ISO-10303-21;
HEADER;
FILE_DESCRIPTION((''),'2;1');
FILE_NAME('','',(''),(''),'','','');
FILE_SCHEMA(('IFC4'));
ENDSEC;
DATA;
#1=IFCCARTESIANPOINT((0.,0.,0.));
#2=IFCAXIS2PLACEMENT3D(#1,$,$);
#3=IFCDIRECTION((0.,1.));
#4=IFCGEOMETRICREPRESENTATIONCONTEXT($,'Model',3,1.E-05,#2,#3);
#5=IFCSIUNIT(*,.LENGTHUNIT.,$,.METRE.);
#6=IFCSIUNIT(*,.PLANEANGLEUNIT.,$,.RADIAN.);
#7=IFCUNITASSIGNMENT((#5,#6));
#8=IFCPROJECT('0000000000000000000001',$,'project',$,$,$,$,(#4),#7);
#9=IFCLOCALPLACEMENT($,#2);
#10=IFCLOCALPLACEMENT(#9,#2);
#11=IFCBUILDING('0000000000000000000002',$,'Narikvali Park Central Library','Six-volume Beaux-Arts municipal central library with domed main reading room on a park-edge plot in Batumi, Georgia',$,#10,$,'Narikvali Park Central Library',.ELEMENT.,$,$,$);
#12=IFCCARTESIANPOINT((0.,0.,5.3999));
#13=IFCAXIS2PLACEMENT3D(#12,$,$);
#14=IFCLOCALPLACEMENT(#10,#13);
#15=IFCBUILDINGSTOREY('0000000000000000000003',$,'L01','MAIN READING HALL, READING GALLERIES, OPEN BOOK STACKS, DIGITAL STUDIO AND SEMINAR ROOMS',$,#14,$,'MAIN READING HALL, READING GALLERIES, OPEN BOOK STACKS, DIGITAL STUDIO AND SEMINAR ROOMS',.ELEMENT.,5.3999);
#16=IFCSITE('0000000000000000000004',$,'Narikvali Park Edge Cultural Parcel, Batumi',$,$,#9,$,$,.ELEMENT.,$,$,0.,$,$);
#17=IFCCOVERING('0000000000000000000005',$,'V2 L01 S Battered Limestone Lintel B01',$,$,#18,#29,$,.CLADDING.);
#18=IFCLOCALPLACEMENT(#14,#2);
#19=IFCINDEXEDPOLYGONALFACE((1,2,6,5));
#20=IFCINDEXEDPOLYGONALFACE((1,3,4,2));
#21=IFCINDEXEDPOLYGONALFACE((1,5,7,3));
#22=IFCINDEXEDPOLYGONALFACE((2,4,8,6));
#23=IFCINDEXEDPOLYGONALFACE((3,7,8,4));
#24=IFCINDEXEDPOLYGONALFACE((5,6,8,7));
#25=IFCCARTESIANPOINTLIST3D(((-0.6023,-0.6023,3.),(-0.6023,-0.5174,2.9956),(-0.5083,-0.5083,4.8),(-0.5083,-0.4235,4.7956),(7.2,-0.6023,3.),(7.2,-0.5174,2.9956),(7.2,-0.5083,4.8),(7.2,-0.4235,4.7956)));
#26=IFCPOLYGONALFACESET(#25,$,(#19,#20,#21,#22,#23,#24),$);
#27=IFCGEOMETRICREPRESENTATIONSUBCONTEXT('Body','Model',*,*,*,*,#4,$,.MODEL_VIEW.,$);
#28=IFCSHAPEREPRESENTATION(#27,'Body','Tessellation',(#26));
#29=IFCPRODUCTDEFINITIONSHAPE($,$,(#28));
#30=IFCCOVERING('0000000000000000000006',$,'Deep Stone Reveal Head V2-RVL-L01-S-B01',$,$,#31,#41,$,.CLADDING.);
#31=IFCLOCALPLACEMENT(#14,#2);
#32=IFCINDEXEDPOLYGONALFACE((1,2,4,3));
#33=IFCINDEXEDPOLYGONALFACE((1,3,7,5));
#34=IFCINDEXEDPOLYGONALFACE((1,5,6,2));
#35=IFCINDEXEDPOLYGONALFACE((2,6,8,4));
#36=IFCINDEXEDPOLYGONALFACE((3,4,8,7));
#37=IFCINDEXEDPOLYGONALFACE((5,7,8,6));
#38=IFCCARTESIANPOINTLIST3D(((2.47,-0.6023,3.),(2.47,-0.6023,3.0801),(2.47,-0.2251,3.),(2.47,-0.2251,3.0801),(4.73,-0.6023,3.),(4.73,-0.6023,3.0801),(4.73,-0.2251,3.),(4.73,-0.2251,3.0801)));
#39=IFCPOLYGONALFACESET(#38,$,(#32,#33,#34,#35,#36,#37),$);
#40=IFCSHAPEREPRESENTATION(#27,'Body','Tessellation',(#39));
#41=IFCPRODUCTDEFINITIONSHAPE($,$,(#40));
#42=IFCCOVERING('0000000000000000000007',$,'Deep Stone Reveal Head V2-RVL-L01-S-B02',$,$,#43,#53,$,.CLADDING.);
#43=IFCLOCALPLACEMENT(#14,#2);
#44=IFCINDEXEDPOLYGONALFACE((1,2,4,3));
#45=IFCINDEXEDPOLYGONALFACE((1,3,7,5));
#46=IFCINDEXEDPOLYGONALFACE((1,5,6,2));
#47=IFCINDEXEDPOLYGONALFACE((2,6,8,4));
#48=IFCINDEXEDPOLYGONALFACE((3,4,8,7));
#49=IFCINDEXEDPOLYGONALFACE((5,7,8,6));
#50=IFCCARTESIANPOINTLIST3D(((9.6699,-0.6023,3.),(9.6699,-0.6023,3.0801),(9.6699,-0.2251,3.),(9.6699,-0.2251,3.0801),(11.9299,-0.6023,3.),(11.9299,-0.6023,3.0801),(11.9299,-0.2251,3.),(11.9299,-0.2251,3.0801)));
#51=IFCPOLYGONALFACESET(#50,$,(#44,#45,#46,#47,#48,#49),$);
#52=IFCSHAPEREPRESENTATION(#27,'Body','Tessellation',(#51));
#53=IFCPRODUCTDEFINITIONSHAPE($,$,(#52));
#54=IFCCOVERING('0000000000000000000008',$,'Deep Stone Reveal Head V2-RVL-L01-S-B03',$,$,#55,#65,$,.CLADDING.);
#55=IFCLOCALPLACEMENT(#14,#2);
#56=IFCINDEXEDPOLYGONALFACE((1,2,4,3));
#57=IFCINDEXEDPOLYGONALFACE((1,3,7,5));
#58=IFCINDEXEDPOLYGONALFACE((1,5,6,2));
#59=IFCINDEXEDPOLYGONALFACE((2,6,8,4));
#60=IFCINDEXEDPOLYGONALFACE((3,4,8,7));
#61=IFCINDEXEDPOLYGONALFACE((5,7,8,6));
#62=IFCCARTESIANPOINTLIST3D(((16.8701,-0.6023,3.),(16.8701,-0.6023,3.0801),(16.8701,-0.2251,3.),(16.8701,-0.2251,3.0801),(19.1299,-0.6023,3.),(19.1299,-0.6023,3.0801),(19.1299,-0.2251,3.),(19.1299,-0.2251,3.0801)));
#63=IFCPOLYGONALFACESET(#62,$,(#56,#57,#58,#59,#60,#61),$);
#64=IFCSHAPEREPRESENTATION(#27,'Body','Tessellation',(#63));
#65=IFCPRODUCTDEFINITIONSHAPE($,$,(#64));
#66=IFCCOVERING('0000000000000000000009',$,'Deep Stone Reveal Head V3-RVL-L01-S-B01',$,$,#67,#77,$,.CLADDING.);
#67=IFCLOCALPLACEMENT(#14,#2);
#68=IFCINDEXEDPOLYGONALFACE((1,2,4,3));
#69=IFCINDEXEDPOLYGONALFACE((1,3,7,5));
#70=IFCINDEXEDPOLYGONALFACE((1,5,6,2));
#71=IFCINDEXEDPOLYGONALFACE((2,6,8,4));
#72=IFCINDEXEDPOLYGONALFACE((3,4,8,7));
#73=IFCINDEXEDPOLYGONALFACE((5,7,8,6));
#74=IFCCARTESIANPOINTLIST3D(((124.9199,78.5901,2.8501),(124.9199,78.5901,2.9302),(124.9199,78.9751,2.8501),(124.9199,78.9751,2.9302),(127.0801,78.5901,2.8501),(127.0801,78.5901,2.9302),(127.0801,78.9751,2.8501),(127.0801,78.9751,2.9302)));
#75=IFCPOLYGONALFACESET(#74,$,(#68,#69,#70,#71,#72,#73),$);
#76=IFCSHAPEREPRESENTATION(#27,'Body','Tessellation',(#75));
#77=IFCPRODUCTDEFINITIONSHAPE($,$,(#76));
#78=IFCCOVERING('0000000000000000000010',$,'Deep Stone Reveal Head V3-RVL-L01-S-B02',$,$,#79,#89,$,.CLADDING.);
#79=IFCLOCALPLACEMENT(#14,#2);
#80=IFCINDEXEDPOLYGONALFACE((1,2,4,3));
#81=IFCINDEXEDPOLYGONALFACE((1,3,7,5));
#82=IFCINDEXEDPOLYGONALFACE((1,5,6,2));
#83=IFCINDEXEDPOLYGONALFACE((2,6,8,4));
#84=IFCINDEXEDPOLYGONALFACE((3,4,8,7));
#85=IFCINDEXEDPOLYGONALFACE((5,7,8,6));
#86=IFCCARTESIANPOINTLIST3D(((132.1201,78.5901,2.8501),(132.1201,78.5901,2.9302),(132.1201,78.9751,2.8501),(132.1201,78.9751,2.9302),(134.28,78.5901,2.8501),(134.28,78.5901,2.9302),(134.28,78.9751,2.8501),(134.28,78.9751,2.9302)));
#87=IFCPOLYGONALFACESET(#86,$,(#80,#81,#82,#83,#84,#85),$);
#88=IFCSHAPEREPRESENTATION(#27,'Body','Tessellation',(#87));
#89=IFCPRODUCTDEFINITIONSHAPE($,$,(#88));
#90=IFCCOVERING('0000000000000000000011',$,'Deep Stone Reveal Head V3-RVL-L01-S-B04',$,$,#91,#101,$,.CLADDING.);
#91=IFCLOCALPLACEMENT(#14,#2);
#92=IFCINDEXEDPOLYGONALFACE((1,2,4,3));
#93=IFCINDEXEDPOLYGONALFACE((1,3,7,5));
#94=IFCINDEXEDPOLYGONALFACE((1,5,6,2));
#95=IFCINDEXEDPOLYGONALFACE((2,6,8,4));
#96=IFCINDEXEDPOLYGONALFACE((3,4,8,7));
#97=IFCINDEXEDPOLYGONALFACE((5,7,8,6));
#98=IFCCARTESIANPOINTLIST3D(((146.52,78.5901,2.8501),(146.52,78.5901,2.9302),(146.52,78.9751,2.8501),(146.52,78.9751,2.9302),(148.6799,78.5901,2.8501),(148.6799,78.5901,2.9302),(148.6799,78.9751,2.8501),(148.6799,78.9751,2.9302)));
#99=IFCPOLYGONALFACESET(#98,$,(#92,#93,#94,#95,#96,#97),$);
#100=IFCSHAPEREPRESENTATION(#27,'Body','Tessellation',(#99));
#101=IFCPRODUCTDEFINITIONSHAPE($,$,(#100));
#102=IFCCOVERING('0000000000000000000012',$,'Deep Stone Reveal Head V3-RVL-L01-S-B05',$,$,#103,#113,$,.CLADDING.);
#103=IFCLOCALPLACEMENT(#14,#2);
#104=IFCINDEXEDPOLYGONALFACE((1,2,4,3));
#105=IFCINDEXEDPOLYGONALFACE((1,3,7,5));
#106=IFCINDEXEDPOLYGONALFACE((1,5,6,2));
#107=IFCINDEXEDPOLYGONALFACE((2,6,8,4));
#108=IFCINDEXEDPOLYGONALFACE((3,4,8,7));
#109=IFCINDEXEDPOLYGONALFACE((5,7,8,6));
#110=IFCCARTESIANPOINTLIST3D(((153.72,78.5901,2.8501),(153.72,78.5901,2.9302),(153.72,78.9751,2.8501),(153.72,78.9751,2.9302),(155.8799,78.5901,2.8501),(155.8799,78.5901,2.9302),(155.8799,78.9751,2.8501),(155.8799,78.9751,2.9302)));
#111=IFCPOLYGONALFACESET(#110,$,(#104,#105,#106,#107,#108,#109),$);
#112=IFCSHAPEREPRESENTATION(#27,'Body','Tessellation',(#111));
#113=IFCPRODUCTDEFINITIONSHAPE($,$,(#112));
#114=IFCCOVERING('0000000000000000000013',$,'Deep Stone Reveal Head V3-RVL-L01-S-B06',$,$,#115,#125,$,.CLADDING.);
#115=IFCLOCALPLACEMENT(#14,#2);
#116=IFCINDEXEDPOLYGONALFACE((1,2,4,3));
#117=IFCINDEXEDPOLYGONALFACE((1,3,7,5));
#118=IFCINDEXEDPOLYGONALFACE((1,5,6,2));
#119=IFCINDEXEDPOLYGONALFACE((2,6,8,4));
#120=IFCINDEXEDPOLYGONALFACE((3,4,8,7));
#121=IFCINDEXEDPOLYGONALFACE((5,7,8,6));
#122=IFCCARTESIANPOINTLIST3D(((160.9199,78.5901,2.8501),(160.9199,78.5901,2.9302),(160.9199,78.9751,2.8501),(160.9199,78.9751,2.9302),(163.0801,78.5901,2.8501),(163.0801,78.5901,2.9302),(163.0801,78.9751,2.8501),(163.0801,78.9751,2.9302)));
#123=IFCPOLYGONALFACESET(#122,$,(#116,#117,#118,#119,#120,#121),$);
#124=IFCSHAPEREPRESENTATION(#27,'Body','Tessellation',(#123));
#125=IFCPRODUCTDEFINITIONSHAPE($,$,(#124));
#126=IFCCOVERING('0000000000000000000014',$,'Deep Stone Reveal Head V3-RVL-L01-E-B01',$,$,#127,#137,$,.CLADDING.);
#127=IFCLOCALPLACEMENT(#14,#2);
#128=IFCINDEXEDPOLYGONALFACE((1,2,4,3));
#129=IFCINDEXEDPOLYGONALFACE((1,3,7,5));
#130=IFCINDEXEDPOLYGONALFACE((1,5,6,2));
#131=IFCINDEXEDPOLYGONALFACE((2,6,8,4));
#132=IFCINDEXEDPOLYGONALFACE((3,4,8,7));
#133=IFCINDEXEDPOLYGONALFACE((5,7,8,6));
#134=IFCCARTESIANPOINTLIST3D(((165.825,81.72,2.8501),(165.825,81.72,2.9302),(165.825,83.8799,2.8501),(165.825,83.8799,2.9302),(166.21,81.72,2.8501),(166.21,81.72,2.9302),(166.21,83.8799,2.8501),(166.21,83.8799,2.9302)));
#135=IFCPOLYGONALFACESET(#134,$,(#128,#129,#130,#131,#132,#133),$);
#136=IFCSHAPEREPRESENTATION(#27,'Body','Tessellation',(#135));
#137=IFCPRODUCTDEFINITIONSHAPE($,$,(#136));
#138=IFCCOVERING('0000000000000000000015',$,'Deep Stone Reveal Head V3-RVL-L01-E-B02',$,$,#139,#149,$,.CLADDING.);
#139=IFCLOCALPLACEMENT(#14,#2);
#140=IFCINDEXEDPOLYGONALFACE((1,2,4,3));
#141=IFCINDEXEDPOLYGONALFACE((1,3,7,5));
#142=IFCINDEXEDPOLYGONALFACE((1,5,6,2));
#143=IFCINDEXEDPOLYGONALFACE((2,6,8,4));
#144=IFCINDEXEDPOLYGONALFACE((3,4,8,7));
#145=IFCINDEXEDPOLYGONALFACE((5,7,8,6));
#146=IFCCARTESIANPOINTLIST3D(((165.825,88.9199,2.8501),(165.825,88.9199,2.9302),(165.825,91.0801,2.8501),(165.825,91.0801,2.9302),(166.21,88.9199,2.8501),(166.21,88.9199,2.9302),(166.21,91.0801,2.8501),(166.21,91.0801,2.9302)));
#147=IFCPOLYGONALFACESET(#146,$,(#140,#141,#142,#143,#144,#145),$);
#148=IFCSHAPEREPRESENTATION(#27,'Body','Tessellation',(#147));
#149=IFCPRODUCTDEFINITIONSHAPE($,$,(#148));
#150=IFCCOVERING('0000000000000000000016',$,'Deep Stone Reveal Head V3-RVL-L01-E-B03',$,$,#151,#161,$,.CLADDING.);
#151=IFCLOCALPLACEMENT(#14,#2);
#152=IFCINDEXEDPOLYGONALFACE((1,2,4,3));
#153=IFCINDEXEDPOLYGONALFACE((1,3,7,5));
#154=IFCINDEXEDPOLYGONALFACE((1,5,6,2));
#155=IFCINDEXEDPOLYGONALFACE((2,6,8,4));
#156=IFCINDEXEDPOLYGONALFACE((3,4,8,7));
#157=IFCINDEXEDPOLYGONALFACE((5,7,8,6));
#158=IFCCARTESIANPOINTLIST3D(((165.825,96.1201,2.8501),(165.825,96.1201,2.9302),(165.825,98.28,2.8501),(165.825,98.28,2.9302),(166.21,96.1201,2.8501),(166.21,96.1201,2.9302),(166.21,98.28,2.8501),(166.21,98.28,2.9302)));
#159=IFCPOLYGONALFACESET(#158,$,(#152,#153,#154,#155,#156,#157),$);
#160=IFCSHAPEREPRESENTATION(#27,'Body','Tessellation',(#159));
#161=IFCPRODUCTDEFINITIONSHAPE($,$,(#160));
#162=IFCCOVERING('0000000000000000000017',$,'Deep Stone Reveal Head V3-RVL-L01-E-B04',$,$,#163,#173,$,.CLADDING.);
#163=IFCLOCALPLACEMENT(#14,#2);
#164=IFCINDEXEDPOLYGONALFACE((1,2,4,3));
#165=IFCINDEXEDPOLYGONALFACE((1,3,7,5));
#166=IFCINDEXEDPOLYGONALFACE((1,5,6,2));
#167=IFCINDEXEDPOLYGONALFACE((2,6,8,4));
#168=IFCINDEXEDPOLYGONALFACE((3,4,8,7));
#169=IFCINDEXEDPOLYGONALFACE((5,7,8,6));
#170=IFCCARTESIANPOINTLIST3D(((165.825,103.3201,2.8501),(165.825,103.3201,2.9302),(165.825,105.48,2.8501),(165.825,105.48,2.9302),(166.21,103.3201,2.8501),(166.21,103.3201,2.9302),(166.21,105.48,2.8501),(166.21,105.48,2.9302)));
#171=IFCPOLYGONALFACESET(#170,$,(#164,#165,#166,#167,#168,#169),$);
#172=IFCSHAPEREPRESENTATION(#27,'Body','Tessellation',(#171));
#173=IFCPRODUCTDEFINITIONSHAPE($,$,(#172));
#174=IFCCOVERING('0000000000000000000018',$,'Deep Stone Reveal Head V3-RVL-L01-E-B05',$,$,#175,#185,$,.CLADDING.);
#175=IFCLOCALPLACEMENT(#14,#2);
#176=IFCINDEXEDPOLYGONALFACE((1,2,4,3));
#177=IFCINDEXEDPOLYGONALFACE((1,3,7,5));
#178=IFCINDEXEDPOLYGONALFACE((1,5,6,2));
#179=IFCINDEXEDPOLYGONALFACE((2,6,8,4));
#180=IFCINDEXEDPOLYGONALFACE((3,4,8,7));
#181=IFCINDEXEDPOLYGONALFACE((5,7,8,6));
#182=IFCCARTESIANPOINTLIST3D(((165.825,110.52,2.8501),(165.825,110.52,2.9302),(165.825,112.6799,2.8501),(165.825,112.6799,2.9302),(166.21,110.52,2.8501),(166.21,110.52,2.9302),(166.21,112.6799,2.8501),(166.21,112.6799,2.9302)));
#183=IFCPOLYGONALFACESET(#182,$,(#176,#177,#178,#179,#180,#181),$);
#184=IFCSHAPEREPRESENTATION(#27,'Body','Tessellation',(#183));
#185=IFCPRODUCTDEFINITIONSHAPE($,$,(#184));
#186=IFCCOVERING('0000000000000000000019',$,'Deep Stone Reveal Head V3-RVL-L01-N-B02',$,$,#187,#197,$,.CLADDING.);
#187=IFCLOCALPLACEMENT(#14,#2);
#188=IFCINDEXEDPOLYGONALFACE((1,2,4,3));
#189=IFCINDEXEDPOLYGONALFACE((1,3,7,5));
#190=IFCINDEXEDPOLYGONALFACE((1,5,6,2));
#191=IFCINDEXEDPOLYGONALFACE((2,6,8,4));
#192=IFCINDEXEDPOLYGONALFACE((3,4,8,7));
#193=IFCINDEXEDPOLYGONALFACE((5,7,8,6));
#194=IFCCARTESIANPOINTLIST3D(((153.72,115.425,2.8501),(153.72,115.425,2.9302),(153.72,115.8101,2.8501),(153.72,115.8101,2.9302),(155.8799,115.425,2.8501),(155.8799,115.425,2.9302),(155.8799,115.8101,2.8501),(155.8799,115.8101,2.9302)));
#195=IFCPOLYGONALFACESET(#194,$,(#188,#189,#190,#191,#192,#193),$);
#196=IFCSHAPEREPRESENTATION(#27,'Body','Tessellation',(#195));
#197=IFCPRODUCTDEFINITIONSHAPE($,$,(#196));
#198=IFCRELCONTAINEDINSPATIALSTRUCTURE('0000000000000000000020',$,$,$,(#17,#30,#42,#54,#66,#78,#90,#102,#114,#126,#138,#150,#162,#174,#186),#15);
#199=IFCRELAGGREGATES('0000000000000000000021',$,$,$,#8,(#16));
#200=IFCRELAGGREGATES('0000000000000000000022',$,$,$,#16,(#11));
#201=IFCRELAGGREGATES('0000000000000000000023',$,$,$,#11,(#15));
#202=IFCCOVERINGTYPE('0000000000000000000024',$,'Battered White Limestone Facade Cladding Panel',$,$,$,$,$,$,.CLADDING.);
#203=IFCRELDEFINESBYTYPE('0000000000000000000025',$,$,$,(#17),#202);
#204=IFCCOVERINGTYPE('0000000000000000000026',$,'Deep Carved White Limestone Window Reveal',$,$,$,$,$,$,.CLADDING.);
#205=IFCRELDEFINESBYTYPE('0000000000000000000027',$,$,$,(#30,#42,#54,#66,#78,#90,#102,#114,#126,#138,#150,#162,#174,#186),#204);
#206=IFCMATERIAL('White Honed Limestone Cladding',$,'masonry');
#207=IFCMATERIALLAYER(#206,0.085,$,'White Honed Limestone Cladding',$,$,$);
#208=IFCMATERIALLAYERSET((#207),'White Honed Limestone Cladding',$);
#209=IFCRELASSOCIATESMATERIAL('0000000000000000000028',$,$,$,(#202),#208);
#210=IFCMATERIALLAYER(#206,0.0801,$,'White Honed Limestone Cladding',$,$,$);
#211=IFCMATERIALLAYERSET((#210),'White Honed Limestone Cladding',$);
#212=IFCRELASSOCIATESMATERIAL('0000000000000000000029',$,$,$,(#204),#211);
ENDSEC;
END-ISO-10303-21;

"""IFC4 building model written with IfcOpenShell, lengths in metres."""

from ifc_helpers import new_model, si_unit, direction, frame, origin, place, context, subcontext, project, spatial, polyline, outline, extrude, material, layer, layer_set, type_object, element, save


model = new_model("IFC4")

# Units and contexts
model_context = context("Model", 3, precision=1e-05, world=origin(), true_north=direction((0.0, 1.0)))
body_context = subcontext(model_context, "Body", "Model", "MODEL_VIEW")
ifc_project = project(units=[si_unit("LENGTHUNIT", "METRE"), si_unit("PLANEANGLEUNIT", "RADIAN")], contexts=[model_context])

# Site, building, storey
site_placement = place(None, origin())
site = spatial("IfcSite", under=ifc_project, at=site_placement, Name="Narikvali Park Edge Cultural Parcel, Batumi", CompositionType="ELEMENT", RefElevation=0.0)
building_placement = place(site_placement, origin())
building = spatial("IfcBuilding", under=site, at=building_placement, Name="Narikvali Park Central Library", Description="Six-volume Beaux-Arts municipal central library with domed main reading room on a park-edge plot in Batumi, Georgia", LongName="Narikvali Park Central Library", CompositionType="ELEMENT")
storey_placement = place(building_placement, frame((0.0, 0.0, 5.3999)))
storey = spatial("IfcBuildingStorey", under=building, at=storey_placement, Name="L01", Description="MAIN READING HALL, READING GALLERIES, OPEN BOOK STACKS, DIGITAL STUDIO AND SEMINAR ROOMS", LongName="MAIN READING HALL, READING GALLERIES, OPEN BOOK STACKS, DIGITAL STUDIO AND SEMINAR ROOMS", CompositionType="ELEMENT", Elevation=5.3999)

# Coverings
ifc_material = material(Name="White Honed Limestone Cladding", Category="masonry")
ifc_layer_1 = layer(ifc_material, 0.085, Name="White Honed Limestone Cladding")
ifc_layer_set_1 = layer_set([ifc_layer_1], Name="White Honed Limestone Cladding")
covering_type_1 = type_object("IfcCoveringType", Name="Battered White Limestone Facade Cladding Panel", PredefinedType="CLADDING", material=ifc_layer_set_1)
covering_1_placement = place(storey_placement, frame((-0.6023, -0.6023, 3.0), z_axis=(0.0, -0.998639, 0.052147), x_axis=(1.0, 0.0, 0.0)))
element("IfcCovering", 1, at=covering_1_placement, inside=storey, type_object=covering_type_1, Name="V2 L01 S Battered Limestone Lintel B01", PredefinedType="CLADDING", context=body_context, shape_type="SweptSolid", body=[
    extrude(outline(polyline([(0.0, 0.0), (7.8022, 0.0), (7.8022, 1.8025), (0.094, 1.8025), (0.0, 0.0)])), origin(), (0.0, 0.0, -1.0), 0.085),
])
ifc_layer_2 = layer(ifc_material, 0.0801, Name="White Honed Limestone Cladding")
ifc_layer_set_2 = layer_set([ifc_layer_2], Name="White Honed Limestone Cladding")
covering_type_2 = type_object("IfcCoveringType", Name="Deep Carved White Limestone Window Reveal", PredefinedType="CLADDING", material=ifc_layer_set_2)
covering_2_placement = place(storey_placement, frame((0.0, 0.0, 3.0)))
element("IfcCovering", 2, at=covering_2_placement, inside=storey, type_object=covering_type_2, Name="Deep Stone Reveal Head V2-RVL-L01-S-B01", PredefinedType="CLADDING", context=body_context, shape_type="SweptSolid", body=[
    extrude(outline(polyline([(2.47, -0.2251), (4.73, -0.2251), (4.73, -0.6023), (2.47, -0.6023), (2.47, -0.2251)])), origin(), (0.0, 0.0, 1.0), 0.0801),
])
covering_3_placement = place(storey_placement, frame((0.0, 0.0, 3.0)))
element("IfcCovering", 3, at=covering_3_placement, inside=storey, type_object=covering_type_2, Name="Deep Stone Reveal Head V2-RVL-L01-S-B02", PredefinedType="CLADDING", context=body_context, shape_type="SweptSolid", body=[
    extrude(outline(polyline([(9.6699, -0.2251), (11.9299, -0.2251), (11.9299, -0.6023), (9.6699, -0.6023), (9.6699, -0.2251)])), origin(), (0.0, 0.0, 1.0), 0.0801),
])
covering_4_placement = place(storey_placement, frame((0.0, 0.0, 3.0)))
element("IfcCovering", 4, at=covering_4_placement, inside=storey, type_object=covering_type_2, Name="Deep Stone Reveal Head V2-RVL-L01-S-B03", PredefinedType="CLADDING", context=body_context, shape_type="SweptSolid", body=[
    extrude(outline(polyline([(16.8701, -0.2251), (19.1299, -0.2251), (19.1299, -0.6023), (16.8701, -0.6023), (16.8701, -0.2251)])), origin(), (0.0, 0.0, 1.0), 0.0801),
])
covering_5_placement = place(storey_placement, frame((0.0, 0.0, 2.8501)))
element("IfcCovering", 5, at=covering_5_placement, inside=storey, type_object=covering_type_2, Name="Deep Stone Reveal Head V3-RVL-L01-S-B01", PredefinedType="CLADDING", context=body_context, shape_type="SweptSolid", body=[
    extrude(outline(polyline([(124.9199, 78.9751), (127.0801, 78.9751), (127.0801, 78.5901), (124.9199, 78.5901), (124.9199, 78.9751)])), origin(), (0.0, 0.0, 1.0), 0.0801),
])
covering_6_placement = place(storey_placement, frame((0.0, 0.0, 2.8501)))
element("IfcCovering", 6, at=covering_6_placement, inside=storey, type_object=covering_type_2, Name="Deep Stone Reveal Head V3-RVL-L01-S-B02", PredefinedType="CLADDING", context=body_context, shape_type="SweptSolid", body=[
    extrude(outline(polyline([(132.1201, 78.9751), (134.28, 78.9751), (134.28, 78.5901), (132.1201, 78.5901), (132.1201, 78.9751)])), origin(), (0.0, 0.0, 1.0), 0.0801),
])
covering_7_placement = place(storey_placement, frame((0.0, 0.0, 2.8501)))
element("IfcCovering", 7, at=covering_7_placement, inside=storey, type_object=covering_type_2, Name="Deep Stone Reveal Head V3-RVL-L01-S-B04", PredefinedType="CLADDING", context=body_context, shape_type="SweptSolid", body=[
    extrude(outline(polyline([(146.52, 78.9751), (148.6799, 78.9751), (148.6799, 78.5901), (146.52, 78.5901), (146.52, 78.9751)])), origin(), (0.0, 0.0, 1.0), 0.0801),
])
covering_8_placement = place(storey_placement, frame((0.0, 0.0, 2.8501)))
element("IfcCovering", 8, at=covering_8_placement, inside=storey, type_object=covering_type_2, Name="Deep Stone Reveal Head V3-RVL-L01-S-B05", PredefinedType="CLADDING", context=body_context, shape_type="SweptSolid", body=[
    extrude(outline(polyline([(153.72, 78.9751), (155.8799, 78.9751), (155.8799, 78.5901), (153.72, 78.5901), (153.72, 78.9751)])), origin(), (0.0, 0.0, 1.0), 0.0801),
])
covering_9_placement = place(storey_placement, frame((0.0, 0.0, 2.8501)))
element("IfcCovering", 9, at=covering_9_placement, inside=storey, type_object=covering_type_2, Name="Deep Stone Reveal Head V3-RVL-L01-S-B06", PredefinedType="CLADDING", context=body_context, shape_type="SweptSolid", body=[
    extrude(outline(polyline([(160.9199, 78.9751), (163.0801, 78.9751), (163.0801, 78.5901), (160.9199, 78.5901), (160.9199, 78.9751)])), origin(), (0.0, 0.0, 1.0), 0.0801),
])
covering_10_placement = place(storey_placement, frame((0.0, 0.0, 2.8501)))
element("IfcCovering", 10, at=covering_10_placement, inside=storey, type_object=covering_type_2, Name="Deep Stone Reveal Head V3-RVL-L01-E-B01", PredefinedType="CLADDING", context=body_context, shape_type="SweptSolid", body=[
    extrude(outline(polyline([(165.825, 81.72), (165.825, 83.8799), (166.21, 83.8799), (166.21, 81.72), (165.825, 81.72)])), origin(), (0.0, 0.0, 1.0), 0.0801),
])
covering_11_placement = place(storey_placement, frame((0.0, 0.0, 2.8501)))
element("IfcCovering", 11, at=covering_11_placement, inside=storey, type_object=covering_type_2, Name="Deep Stone Reveal Head V3-RVL-L01-E-B02", PredefinedType="CLADDING", context=body_context, shape_type="SweptSolid", body=[
    extrude(outline(polyline([(165.825, 88.9199), (165.825, 91.0801), (166.21, 91.0801), (166.21, 88.9199), (165.825, 88.9199)])), origin(), (0.0, 0.0, 1.0), 0.0801),
])
covering_12_placement = place(storey_placement, frame((0.0, 0.0, 2.8501)))
element("IfcCovering", 12, at=covering_12_placement, inside=storey, type_object=covering_type_2, Name="Deep Stone Reveal Head V3-RVL-L01-E-B03", PredefinedType="CLADDING", context=body_context, shape_type="SweptSolid", body=[
    extrude(outline(polyline([(165.825, 96.1201), (165.825, 98.28), (166.21, 98.28), (166.21, 96.1201), (165.825, 96.1201)])), origin(), (0.0, 0.0, 1.0), 0.0801),
])
covering_13_placement = place(storey_placement, frame((0.0, 0.0, 2.8501)))
element("IfcCovering", 13, at=covering_13_placement, inside=storey, type_object=covering_type_2, Name="Deep Stone Reveal Head V3-RVL-L01-E-B04", PredefinedType="CLADDING", context=body_context, shape_type="SweptSolid", body=[
    extrude(outline(polyline([(165.825, 103.3201), (165.825, 105.48), (166.21, 105.48), (166.21, 103.3201), (165.825, 103.3201)])), origin(), (0.0, 0.0, 1.0), 0.0801),
])
covering_14_placement = place(storey_placement, frame((0.0, 0.0, 2.8501)))
element("IfcCovering", 14, at=covering_14_placement, inside=storey, type_object=covering_type_2, Name="Deep Stone Reveal Head V3-RVL-L01-E-B05", PredefinedType="CLADDING", context=body_context, shape_type="SweptSolid", body=[
    extrude(outline(polyline([(165.825, 110.52), (165.825, 112.6799), (166.21, 112.6799), (166.21, 110.52), (165.825, 110.52)])), origin(), (0.0, 0.0, 1.0), 0.0801),
])
covering_15_placement = place(storey_placement, frame((0.0, 0.0, 2.8501)))
element("IfcCovering", 15, at=covering_15_placement, inside=storey, type_object=covering_type_2, Name="Deep Stone Reveal Head V3-RVL-L01-N-B02", PredefinedType="CLADDING", context=body_context, shape_type="SweptSolid", body=[
    extrude(outline(polyline([(155.8799, 115.425), (153.72, 115.425), (153.72, 115.8101), (155.8799, 115.8101), (155.8799, 115.425)])), origin(), (0.0, 0.0, 1.0), 0.0801),
])

save(model, "model.ifc")
